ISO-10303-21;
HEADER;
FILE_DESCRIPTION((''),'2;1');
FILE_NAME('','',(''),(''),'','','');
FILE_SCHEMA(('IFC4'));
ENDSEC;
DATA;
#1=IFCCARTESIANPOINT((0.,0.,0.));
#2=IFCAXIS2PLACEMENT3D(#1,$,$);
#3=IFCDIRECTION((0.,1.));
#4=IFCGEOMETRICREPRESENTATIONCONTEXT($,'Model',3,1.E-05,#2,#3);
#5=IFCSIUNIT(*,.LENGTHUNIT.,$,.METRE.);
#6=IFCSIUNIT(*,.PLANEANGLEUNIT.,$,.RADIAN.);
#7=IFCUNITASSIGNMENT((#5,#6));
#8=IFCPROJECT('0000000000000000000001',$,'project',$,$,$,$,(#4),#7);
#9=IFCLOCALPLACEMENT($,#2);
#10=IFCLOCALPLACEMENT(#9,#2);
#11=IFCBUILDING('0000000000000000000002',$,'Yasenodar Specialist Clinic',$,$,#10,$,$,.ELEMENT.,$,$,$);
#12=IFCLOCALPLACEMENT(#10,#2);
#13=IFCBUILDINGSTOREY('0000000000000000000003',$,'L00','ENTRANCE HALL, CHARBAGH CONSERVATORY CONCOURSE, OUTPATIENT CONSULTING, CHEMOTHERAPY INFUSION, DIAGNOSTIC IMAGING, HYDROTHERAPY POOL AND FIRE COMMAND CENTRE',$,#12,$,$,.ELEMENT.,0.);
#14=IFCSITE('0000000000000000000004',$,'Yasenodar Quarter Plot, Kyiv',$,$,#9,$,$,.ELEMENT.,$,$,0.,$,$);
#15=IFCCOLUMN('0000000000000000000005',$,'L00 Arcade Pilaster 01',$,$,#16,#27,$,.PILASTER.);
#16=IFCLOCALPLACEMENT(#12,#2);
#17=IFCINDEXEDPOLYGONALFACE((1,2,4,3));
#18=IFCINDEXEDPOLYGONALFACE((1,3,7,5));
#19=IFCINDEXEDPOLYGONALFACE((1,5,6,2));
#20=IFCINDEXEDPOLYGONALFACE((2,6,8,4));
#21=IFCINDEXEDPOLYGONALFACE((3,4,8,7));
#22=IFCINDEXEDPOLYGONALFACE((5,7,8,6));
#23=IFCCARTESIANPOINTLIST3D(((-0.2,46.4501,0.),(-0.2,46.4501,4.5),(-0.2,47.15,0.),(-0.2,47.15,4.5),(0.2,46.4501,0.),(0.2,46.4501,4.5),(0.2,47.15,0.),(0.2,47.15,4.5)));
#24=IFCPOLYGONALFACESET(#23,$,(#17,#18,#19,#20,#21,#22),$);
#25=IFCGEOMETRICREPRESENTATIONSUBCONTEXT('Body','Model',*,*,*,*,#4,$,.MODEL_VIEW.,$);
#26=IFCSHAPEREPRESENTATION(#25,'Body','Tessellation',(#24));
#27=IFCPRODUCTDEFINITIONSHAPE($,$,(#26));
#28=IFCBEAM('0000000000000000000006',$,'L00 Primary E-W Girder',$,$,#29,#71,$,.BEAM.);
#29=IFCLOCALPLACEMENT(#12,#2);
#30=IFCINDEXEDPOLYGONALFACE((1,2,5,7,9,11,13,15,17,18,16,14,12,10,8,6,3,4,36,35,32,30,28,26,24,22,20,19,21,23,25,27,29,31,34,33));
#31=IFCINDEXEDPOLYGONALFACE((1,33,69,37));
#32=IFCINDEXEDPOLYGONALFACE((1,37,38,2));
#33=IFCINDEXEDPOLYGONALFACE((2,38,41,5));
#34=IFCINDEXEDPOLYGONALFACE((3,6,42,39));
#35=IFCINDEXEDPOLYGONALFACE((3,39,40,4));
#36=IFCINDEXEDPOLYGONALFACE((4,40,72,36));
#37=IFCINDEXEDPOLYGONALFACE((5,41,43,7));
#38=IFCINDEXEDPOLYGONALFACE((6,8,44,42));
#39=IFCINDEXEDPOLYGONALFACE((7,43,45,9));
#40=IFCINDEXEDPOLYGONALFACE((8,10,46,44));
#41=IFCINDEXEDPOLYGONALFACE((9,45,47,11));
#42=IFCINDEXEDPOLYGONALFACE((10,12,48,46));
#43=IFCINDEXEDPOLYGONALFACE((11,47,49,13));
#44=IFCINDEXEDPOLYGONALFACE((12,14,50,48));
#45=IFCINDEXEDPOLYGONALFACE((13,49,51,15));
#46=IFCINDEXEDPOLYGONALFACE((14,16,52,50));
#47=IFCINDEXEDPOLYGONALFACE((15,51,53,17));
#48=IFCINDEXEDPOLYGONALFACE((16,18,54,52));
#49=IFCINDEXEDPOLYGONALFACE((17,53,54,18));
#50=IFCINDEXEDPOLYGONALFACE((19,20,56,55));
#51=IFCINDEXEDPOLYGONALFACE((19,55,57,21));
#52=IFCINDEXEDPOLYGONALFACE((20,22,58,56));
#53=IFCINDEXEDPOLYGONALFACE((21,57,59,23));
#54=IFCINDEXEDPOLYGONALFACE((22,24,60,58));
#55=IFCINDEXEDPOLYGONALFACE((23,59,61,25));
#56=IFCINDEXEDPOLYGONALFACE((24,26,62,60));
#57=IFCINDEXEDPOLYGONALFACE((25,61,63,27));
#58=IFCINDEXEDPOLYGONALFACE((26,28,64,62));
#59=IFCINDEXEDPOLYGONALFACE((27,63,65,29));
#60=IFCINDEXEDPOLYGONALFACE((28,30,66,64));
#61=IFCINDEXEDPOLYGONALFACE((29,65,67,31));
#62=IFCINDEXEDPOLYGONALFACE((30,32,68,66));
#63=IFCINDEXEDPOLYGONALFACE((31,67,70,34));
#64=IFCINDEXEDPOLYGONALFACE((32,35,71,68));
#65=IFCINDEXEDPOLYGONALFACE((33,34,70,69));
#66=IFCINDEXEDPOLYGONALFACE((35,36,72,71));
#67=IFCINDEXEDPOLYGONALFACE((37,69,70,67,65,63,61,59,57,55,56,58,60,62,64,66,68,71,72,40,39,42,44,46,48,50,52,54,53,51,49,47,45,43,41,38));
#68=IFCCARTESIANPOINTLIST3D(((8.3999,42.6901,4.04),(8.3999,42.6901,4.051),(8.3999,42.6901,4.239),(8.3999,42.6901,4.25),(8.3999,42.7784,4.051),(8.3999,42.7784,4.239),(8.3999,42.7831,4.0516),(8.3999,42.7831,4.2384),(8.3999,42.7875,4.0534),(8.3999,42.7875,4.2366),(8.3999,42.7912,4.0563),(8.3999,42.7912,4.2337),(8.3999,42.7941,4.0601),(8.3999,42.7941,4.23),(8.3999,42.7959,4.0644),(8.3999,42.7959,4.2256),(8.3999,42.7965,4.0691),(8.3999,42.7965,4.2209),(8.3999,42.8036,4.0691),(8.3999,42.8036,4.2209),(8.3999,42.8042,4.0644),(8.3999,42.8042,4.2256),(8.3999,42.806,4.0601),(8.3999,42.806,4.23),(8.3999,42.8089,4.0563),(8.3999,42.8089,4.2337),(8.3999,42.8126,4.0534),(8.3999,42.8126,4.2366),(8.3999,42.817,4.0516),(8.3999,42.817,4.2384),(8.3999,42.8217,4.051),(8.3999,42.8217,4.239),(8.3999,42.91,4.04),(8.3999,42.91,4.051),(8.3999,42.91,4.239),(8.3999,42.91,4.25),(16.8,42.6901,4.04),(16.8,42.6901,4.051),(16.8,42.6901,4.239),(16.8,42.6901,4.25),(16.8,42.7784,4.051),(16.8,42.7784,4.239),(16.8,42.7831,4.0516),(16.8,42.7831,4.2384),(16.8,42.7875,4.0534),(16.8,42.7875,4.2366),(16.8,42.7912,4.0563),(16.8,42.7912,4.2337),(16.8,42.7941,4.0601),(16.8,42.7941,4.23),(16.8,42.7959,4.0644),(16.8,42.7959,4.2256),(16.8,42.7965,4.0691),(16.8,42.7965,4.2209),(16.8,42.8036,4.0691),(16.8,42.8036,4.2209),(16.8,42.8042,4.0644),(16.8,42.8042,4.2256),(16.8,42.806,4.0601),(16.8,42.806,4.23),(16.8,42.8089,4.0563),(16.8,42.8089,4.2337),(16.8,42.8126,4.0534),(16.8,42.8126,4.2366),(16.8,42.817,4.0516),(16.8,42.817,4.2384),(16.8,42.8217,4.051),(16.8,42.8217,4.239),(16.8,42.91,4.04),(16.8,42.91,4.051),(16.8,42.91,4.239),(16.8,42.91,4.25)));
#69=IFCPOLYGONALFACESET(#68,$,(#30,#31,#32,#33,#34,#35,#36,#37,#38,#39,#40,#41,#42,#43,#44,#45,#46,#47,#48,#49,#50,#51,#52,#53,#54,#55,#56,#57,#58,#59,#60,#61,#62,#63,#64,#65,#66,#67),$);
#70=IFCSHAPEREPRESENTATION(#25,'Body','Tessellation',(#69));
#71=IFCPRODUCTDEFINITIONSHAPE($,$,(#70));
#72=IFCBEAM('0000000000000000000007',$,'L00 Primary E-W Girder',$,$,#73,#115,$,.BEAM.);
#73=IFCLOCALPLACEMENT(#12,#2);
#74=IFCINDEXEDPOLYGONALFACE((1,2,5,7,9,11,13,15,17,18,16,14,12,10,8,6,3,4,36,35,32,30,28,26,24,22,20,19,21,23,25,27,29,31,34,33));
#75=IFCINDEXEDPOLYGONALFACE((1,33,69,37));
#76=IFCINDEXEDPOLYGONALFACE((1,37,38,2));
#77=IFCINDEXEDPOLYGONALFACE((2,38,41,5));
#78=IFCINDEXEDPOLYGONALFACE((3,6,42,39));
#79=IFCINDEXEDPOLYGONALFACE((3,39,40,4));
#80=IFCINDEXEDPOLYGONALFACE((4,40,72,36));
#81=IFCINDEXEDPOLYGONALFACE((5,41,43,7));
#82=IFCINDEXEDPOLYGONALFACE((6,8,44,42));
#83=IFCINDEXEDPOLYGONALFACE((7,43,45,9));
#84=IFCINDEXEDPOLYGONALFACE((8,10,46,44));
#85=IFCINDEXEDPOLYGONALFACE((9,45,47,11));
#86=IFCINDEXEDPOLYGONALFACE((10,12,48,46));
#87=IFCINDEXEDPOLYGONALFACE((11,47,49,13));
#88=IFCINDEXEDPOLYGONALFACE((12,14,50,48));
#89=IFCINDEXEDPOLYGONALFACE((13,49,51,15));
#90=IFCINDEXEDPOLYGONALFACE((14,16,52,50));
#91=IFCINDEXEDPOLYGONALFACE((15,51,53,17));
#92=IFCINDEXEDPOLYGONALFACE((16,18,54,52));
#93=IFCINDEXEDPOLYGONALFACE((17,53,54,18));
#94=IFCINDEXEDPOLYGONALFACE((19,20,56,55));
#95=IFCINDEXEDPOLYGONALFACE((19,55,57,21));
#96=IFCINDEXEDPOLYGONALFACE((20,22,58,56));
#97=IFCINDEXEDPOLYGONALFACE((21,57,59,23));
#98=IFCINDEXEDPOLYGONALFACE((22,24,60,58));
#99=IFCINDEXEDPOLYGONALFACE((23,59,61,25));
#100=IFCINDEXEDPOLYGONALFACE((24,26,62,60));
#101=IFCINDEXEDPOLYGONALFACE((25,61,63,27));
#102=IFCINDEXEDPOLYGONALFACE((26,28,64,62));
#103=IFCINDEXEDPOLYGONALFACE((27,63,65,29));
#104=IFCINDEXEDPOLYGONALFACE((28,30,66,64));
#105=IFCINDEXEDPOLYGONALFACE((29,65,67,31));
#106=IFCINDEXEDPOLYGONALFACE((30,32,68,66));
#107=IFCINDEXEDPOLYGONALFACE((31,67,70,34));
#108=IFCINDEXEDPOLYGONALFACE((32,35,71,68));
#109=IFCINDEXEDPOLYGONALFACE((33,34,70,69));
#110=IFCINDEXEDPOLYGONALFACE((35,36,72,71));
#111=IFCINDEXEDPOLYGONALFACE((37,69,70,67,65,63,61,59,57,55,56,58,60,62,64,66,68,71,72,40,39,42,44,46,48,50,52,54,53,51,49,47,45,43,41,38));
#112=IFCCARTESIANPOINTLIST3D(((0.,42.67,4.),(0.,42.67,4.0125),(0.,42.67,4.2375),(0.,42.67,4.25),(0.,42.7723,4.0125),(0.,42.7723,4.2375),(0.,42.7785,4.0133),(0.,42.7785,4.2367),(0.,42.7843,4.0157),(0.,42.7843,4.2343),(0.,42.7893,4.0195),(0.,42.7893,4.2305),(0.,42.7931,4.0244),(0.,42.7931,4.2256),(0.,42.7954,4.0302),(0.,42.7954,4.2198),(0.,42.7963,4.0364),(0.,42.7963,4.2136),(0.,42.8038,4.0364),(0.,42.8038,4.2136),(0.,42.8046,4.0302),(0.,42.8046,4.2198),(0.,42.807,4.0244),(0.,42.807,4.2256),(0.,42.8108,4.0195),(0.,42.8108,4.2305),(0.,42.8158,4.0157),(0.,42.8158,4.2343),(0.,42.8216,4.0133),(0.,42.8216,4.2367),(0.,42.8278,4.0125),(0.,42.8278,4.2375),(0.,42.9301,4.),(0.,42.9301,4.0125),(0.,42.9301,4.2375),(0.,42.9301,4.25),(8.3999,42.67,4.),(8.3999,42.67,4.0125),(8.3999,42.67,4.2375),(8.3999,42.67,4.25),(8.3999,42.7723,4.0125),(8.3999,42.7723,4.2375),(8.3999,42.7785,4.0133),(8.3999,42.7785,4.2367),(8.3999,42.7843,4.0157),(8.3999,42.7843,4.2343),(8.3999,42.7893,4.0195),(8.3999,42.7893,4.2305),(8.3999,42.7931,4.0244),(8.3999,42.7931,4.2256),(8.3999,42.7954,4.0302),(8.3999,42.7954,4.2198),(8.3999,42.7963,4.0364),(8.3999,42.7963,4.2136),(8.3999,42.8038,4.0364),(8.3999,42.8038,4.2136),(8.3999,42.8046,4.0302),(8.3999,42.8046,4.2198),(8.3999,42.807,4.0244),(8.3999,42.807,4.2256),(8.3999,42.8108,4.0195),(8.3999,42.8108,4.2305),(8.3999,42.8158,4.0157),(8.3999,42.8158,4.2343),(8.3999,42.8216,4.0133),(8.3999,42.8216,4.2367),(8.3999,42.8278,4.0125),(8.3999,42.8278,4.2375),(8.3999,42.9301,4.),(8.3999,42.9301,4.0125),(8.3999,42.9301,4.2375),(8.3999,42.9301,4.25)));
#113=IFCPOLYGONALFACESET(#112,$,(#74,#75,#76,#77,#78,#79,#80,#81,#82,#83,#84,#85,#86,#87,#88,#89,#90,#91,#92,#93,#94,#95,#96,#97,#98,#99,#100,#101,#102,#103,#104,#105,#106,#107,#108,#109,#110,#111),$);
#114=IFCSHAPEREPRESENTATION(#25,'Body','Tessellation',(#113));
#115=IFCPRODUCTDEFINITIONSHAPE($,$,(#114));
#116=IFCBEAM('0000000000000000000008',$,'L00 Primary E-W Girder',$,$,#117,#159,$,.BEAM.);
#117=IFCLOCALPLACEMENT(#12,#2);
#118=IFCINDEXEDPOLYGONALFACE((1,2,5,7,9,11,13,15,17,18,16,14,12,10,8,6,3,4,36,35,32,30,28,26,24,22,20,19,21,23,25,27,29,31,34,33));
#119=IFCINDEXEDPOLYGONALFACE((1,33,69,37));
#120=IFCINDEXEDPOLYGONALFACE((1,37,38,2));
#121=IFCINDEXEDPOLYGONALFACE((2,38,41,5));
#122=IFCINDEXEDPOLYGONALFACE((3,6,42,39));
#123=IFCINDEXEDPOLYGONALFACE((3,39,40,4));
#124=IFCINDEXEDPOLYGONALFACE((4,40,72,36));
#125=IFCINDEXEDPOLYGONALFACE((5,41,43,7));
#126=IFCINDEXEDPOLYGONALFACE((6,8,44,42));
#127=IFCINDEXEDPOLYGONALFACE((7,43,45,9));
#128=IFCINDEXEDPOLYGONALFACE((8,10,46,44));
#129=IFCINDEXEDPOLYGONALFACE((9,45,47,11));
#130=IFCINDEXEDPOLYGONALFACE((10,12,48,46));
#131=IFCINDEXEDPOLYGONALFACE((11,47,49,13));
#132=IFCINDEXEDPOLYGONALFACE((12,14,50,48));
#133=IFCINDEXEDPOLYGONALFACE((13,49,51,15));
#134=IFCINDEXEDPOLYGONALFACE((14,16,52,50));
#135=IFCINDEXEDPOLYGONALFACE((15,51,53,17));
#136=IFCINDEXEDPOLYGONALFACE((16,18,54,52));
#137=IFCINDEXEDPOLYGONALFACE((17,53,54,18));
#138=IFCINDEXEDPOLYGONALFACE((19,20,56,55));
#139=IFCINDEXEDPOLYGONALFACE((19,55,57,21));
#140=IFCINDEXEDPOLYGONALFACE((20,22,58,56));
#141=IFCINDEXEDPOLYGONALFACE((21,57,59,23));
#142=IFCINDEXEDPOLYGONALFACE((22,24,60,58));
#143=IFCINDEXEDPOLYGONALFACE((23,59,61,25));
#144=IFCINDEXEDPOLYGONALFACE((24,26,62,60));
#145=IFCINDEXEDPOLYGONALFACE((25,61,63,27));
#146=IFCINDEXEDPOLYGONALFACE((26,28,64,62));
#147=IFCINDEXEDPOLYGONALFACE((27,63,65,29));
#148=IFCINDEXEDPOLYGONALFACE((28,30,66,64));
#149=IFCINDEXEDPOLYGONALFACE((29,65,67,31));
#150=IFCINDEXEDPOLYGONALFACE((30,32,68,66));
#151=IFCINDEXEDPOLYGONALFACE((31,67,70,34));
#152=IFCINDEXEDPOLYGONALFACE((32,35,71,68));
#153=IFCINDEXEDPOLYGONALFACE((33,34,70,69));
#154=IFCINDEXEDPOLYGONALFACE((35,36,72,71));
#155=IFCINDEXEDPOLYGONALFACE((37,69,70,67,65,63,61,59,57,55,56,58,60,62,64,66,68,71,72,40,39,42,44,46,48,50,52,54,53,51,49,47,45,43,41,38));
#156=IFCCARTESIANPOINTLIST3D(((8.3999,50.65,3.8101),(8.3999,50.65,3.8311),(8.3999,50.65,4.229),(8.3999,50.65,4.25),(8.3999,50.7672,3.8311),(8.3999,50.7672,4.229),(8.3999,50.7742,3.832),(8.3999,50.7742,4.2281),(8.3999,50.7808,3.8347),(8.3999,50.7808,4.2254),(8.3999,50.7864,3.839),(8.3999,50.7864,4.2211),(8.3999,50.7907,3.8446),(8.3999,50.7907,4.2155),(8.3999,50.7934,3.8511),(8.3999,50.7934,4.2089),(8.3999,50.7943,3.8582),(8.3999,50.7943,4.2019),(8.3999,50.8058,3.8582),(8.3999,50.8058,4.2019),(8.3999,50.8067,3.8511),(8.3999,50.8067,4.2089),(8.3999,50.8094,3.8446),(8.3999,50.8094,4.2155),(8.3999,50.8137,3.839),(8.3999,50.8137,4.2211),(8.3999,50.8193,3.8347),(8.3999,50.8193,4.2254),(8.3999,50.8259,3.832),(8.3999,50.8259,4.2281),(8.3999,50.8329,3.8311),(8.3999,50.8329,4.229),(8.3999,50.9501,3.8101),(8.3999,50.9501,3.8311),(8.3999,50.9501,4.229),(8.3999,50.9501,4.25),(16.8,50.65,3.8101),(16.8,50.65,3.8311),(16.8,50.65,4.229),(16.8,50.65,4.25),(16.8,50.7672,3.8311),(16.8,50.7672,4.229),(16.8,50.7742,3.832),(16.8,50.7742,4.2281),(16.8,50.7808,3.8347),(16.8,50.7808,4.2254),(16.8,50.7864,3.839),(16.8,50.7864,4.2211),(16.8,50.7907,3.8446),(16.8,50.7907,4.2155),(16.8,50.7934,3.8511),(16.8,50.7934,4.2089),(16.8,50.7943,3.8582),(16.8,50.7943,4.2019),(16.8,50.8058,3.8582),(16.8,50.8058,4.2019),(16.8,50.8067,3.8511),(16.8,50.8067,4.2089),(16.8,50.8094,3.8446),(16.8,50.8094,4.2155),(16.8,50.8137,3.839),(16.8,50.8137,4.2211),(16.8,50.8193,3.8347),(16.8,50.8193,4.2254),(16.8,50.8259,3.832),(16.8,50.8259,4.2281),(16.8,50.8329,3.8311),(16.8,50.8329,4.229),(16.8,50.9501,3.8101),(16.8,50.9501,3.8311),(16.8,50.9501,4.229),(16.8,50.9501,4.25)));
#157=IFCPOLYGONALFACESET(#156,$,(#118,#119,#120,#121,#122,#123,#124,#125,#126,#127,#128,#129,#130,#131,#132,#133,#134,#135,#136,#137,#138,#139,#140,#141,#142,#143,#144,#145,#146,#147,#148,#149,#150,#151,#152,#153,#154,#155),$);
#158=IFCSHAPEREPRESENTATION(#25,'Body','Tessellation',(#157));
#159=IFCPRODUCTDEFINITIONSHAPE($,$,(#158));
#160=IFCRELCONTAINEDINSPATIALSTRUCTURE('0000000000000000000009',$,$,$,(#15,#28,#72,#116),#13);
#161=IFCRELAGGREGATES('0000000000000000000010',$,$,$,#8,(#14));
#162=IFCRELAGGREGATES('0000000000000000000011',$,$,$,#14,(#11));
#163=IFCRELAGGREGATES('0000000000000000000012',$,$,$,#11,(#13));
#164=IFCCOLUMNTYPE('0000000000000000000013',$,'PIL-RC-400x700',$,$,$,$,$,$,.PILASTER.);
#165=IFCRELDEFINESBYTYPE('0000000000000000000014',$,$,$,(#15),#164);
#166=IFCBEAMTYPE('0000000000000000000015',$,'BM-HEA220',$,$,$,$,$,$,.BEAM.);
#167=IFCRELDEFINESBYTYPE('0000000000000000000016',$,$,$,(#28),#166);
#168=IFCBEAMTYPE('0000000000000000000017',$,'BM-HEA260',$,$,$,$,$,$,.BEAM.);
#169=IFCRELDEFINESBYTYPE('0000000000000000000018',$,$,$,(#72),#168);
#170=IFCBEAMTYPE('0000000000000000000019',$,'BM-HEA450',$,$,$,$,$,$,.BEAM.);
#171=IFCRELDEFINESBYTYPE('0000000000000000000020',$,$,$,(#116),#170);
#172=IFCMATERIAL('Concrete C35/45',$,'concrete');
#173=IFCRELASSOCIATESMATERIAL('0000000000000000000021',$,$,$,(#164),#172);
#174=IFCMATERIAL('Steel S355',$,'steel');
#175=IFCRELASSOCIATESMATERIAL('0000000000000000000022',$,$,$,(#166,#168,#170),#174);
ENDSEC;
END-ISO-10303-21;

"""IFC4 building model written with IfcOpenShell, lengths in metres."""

from ifc_helpers import new_model, si_unit, direction, frame, origin, origin_2d, place, context, subcontext, project, spatial, rectangle, i_section, extrude, material, material_profile, profile_set, type_object, element, save


model = new_model("IFC4")

# Units and contexts
model_context = context("Model", 3, precision=1e-05, world=origin(), true_north=direction((0.0, 1.0)))
body_context = subcontext(model_context, "Body", "Model", "MODEL_VIEW")
ifc_project = project(units=[si_unit("LENGTHUNIT", "METRE"), si_unit("PLANEANGLEUNIT", "RADIAN")], contexts=[model_context])

# Site, building, storey
site_placement = place(None, origin())
site = spatial("IfcSite", under=ifc_project, at=site_placement, Name="Yasenodar Quarter Plot, Kyiv", CompositionType="ELEMENT", RefElevation=0.0)
building_placement = place(site_placement, origin())
building = spatial("IfcBuilding", under=site, at=building_placement, Name="Yasenodar Specialist Clinic", CompositionType="ELEMENT")
storey_placement = place(building_placement, origin())
storey = spatial("IfcBuildingStorey", under=building, at=storey_placement, Name="L00", Description="ENTRANCE HALL, CHARBAGH CONSERVATORY CONCOURSE, OUTPATIENT CONSULTING, CHEMOTHERAPY INFUSION, DIAGNOSTIC IMAGING, HYDROTHERAPY POOL AND FIRE COMMAND CENTRE", CompositionType="ELEMENT", Elevation=0.0)

# Column
ifc_material_1 = material(Name="Steel S355", Category="steel")
ifc_material_2 = material(Name="Concrete C35/45", Category="concrete")
ifc_material_profile_1 = material_profile(ifc_material_2, rectangle(XDim=0.3999, YDim=0.7, at=origin_2d()), Name="RC 400x700")
ifc_profile_set_1 = profile_set([ifc_material_profile_1], Name="Concrete C35/45")
column_type_1 = type_object("IfcColumnType", Name="PIL-RC-400x700", PredefinedType="PILASTER", material=ifc_profile_set_1)
column_placement = place(storey_placement, frame((0.0, 46.8, 0.0), z_axis=(0.0, 0.0, 1.0), x_axis=(1.0, 0.0, 0.0)))
element("IfcColumn", 1, at=column_placement, inside=storey, type_object=column_type_1, Name="L00 Arcade Pilaster 01", PredefinedType="PILASTER", context=body_context, shape_type="SweptSolid", body=[
    extrude(rectangle(XDim=0.3999, YDim=0.7, at=origin_2d()), origin(), (0.0, 0.0, 1.0), 4.5),
])

# Beams
ifc_material_profile_2 = material_profile(ifc_material_1, i_section(OverallWidth=0.22, OverallDepth=0.21, WebThickness=0.0071, FlangeThickness=0.011, FilletRadius=0.0181, at=origin_2d()), Name="HEA 220")
ifc_profile_set_2 = profile_set([ifc_material_profile_2], Name="Steel S355")
beam_type_1 = type_object("IfcBeamType", Name="BM-HEA220", PredefinedType="BEAM", material=ifc_profile_set_2)
beam_1_placement = place(storey_placement, frame((8.3999, 42.8, 4.145), z_axis=(1.0, 0.0, 0.0), x_axis=(0.0, 1.0, 0.0)))
element("IfcBeam", 2, at=beam_1_placement, inside=storey, type_object=beam_type_1, Name="L00 Primary E-W Girder", PredefinedType="BEAM", context=body_context, shape_type="SweptSolid", body=[
    extrude(i_section(OverallWidth=0.22, OverallDepth=0.21, WebThickness=0.0071, FlangeThickness=0.011, FilletRadius=0.0181, at=origin_2d()), origin(), (0.0, 0.0, 1.0), 8.4001),
])
ifc_material_profile_3 = material_profile(ifc_material_1, i_section(OverallWidth=0.26, OverallDepth=0.25, WebThickness=0.0076, FlangeThickness=0.0125, FilletRadius=0.0239, at=origin_2d()), Name="HEA 260")
ifc_profile_set_3 = profile_set([ifc_material_profile_3], Name="Steel S355")
beam_type_2 = type_object("IfcBeamType", Name="BM-HEA260", PredefinedType="BEAM", material=ifc_profile_set_3)
beam_2_placement = place(storey_placement, frame((0.0, 42.8, 4.125), z_axis=(1.0, 0.0, 0.0), x_axis=(0.0, 1.0, 0.0)))
element("IfcBeam", 3, at=beam_2_placement, inside=storey, type_object=beam_type_2, Name="L00 Primary E-W Girder", PredefinedType="BEAM", context=body_context, shape_type="SweptSolid", body=[
    extrude(i_section(OverallWidth=0.26, OverallDepth=0.25, WebThickness=0.0076, FlangeThickness=0.0125, FilletRadius=0.0239, at=origin_2d()), origin(), (0.0, 0.0, 1.0), 8.3999),
])
ifc_material_profile_4 = material_profile(ifc_material_1, i_section(OverallWidth=0.3, OverallDepth=0.4399, WebThickness=0.0115, FlangeThickness=0.021, FilletRadius=0.0271, at=origin_2d()), Name="HEA 450")
ifc_profile_set_4 = profile_set([ifc_material_profile_4], Name="Steel S355")
beam_type_3 = type_object("IfcBeamType", Name="BM-HEA450", PredefinedType="BEAM", material=ifc_profile_set_4)
beam_3_placement = place(storey_placement, frame((8.3999, 50.8, 4.03), z_axis=(1.0, 0.0, 0.0), x_axis=(0.0, 1.0, 0.0)))
element("IfcBeam", 4, at=beam_3_placement, inside=storey, type_object=beam_type_3, Name="L00 Primary E-W Girder", PredefinedType="BEAM", context=body_context, shape_type="SweptSolid", body=[
    extrude(i_section(OverallWidth=0.3, OverallDepth=0.4399, WebThickness=0.0115, FlangeThickness=0.021, FilletRadius=0.0271, at=origin_2d()), origin(), (0.0, 0.0, 1.0), 8.4001),
])

save(model, "model.ifc")
